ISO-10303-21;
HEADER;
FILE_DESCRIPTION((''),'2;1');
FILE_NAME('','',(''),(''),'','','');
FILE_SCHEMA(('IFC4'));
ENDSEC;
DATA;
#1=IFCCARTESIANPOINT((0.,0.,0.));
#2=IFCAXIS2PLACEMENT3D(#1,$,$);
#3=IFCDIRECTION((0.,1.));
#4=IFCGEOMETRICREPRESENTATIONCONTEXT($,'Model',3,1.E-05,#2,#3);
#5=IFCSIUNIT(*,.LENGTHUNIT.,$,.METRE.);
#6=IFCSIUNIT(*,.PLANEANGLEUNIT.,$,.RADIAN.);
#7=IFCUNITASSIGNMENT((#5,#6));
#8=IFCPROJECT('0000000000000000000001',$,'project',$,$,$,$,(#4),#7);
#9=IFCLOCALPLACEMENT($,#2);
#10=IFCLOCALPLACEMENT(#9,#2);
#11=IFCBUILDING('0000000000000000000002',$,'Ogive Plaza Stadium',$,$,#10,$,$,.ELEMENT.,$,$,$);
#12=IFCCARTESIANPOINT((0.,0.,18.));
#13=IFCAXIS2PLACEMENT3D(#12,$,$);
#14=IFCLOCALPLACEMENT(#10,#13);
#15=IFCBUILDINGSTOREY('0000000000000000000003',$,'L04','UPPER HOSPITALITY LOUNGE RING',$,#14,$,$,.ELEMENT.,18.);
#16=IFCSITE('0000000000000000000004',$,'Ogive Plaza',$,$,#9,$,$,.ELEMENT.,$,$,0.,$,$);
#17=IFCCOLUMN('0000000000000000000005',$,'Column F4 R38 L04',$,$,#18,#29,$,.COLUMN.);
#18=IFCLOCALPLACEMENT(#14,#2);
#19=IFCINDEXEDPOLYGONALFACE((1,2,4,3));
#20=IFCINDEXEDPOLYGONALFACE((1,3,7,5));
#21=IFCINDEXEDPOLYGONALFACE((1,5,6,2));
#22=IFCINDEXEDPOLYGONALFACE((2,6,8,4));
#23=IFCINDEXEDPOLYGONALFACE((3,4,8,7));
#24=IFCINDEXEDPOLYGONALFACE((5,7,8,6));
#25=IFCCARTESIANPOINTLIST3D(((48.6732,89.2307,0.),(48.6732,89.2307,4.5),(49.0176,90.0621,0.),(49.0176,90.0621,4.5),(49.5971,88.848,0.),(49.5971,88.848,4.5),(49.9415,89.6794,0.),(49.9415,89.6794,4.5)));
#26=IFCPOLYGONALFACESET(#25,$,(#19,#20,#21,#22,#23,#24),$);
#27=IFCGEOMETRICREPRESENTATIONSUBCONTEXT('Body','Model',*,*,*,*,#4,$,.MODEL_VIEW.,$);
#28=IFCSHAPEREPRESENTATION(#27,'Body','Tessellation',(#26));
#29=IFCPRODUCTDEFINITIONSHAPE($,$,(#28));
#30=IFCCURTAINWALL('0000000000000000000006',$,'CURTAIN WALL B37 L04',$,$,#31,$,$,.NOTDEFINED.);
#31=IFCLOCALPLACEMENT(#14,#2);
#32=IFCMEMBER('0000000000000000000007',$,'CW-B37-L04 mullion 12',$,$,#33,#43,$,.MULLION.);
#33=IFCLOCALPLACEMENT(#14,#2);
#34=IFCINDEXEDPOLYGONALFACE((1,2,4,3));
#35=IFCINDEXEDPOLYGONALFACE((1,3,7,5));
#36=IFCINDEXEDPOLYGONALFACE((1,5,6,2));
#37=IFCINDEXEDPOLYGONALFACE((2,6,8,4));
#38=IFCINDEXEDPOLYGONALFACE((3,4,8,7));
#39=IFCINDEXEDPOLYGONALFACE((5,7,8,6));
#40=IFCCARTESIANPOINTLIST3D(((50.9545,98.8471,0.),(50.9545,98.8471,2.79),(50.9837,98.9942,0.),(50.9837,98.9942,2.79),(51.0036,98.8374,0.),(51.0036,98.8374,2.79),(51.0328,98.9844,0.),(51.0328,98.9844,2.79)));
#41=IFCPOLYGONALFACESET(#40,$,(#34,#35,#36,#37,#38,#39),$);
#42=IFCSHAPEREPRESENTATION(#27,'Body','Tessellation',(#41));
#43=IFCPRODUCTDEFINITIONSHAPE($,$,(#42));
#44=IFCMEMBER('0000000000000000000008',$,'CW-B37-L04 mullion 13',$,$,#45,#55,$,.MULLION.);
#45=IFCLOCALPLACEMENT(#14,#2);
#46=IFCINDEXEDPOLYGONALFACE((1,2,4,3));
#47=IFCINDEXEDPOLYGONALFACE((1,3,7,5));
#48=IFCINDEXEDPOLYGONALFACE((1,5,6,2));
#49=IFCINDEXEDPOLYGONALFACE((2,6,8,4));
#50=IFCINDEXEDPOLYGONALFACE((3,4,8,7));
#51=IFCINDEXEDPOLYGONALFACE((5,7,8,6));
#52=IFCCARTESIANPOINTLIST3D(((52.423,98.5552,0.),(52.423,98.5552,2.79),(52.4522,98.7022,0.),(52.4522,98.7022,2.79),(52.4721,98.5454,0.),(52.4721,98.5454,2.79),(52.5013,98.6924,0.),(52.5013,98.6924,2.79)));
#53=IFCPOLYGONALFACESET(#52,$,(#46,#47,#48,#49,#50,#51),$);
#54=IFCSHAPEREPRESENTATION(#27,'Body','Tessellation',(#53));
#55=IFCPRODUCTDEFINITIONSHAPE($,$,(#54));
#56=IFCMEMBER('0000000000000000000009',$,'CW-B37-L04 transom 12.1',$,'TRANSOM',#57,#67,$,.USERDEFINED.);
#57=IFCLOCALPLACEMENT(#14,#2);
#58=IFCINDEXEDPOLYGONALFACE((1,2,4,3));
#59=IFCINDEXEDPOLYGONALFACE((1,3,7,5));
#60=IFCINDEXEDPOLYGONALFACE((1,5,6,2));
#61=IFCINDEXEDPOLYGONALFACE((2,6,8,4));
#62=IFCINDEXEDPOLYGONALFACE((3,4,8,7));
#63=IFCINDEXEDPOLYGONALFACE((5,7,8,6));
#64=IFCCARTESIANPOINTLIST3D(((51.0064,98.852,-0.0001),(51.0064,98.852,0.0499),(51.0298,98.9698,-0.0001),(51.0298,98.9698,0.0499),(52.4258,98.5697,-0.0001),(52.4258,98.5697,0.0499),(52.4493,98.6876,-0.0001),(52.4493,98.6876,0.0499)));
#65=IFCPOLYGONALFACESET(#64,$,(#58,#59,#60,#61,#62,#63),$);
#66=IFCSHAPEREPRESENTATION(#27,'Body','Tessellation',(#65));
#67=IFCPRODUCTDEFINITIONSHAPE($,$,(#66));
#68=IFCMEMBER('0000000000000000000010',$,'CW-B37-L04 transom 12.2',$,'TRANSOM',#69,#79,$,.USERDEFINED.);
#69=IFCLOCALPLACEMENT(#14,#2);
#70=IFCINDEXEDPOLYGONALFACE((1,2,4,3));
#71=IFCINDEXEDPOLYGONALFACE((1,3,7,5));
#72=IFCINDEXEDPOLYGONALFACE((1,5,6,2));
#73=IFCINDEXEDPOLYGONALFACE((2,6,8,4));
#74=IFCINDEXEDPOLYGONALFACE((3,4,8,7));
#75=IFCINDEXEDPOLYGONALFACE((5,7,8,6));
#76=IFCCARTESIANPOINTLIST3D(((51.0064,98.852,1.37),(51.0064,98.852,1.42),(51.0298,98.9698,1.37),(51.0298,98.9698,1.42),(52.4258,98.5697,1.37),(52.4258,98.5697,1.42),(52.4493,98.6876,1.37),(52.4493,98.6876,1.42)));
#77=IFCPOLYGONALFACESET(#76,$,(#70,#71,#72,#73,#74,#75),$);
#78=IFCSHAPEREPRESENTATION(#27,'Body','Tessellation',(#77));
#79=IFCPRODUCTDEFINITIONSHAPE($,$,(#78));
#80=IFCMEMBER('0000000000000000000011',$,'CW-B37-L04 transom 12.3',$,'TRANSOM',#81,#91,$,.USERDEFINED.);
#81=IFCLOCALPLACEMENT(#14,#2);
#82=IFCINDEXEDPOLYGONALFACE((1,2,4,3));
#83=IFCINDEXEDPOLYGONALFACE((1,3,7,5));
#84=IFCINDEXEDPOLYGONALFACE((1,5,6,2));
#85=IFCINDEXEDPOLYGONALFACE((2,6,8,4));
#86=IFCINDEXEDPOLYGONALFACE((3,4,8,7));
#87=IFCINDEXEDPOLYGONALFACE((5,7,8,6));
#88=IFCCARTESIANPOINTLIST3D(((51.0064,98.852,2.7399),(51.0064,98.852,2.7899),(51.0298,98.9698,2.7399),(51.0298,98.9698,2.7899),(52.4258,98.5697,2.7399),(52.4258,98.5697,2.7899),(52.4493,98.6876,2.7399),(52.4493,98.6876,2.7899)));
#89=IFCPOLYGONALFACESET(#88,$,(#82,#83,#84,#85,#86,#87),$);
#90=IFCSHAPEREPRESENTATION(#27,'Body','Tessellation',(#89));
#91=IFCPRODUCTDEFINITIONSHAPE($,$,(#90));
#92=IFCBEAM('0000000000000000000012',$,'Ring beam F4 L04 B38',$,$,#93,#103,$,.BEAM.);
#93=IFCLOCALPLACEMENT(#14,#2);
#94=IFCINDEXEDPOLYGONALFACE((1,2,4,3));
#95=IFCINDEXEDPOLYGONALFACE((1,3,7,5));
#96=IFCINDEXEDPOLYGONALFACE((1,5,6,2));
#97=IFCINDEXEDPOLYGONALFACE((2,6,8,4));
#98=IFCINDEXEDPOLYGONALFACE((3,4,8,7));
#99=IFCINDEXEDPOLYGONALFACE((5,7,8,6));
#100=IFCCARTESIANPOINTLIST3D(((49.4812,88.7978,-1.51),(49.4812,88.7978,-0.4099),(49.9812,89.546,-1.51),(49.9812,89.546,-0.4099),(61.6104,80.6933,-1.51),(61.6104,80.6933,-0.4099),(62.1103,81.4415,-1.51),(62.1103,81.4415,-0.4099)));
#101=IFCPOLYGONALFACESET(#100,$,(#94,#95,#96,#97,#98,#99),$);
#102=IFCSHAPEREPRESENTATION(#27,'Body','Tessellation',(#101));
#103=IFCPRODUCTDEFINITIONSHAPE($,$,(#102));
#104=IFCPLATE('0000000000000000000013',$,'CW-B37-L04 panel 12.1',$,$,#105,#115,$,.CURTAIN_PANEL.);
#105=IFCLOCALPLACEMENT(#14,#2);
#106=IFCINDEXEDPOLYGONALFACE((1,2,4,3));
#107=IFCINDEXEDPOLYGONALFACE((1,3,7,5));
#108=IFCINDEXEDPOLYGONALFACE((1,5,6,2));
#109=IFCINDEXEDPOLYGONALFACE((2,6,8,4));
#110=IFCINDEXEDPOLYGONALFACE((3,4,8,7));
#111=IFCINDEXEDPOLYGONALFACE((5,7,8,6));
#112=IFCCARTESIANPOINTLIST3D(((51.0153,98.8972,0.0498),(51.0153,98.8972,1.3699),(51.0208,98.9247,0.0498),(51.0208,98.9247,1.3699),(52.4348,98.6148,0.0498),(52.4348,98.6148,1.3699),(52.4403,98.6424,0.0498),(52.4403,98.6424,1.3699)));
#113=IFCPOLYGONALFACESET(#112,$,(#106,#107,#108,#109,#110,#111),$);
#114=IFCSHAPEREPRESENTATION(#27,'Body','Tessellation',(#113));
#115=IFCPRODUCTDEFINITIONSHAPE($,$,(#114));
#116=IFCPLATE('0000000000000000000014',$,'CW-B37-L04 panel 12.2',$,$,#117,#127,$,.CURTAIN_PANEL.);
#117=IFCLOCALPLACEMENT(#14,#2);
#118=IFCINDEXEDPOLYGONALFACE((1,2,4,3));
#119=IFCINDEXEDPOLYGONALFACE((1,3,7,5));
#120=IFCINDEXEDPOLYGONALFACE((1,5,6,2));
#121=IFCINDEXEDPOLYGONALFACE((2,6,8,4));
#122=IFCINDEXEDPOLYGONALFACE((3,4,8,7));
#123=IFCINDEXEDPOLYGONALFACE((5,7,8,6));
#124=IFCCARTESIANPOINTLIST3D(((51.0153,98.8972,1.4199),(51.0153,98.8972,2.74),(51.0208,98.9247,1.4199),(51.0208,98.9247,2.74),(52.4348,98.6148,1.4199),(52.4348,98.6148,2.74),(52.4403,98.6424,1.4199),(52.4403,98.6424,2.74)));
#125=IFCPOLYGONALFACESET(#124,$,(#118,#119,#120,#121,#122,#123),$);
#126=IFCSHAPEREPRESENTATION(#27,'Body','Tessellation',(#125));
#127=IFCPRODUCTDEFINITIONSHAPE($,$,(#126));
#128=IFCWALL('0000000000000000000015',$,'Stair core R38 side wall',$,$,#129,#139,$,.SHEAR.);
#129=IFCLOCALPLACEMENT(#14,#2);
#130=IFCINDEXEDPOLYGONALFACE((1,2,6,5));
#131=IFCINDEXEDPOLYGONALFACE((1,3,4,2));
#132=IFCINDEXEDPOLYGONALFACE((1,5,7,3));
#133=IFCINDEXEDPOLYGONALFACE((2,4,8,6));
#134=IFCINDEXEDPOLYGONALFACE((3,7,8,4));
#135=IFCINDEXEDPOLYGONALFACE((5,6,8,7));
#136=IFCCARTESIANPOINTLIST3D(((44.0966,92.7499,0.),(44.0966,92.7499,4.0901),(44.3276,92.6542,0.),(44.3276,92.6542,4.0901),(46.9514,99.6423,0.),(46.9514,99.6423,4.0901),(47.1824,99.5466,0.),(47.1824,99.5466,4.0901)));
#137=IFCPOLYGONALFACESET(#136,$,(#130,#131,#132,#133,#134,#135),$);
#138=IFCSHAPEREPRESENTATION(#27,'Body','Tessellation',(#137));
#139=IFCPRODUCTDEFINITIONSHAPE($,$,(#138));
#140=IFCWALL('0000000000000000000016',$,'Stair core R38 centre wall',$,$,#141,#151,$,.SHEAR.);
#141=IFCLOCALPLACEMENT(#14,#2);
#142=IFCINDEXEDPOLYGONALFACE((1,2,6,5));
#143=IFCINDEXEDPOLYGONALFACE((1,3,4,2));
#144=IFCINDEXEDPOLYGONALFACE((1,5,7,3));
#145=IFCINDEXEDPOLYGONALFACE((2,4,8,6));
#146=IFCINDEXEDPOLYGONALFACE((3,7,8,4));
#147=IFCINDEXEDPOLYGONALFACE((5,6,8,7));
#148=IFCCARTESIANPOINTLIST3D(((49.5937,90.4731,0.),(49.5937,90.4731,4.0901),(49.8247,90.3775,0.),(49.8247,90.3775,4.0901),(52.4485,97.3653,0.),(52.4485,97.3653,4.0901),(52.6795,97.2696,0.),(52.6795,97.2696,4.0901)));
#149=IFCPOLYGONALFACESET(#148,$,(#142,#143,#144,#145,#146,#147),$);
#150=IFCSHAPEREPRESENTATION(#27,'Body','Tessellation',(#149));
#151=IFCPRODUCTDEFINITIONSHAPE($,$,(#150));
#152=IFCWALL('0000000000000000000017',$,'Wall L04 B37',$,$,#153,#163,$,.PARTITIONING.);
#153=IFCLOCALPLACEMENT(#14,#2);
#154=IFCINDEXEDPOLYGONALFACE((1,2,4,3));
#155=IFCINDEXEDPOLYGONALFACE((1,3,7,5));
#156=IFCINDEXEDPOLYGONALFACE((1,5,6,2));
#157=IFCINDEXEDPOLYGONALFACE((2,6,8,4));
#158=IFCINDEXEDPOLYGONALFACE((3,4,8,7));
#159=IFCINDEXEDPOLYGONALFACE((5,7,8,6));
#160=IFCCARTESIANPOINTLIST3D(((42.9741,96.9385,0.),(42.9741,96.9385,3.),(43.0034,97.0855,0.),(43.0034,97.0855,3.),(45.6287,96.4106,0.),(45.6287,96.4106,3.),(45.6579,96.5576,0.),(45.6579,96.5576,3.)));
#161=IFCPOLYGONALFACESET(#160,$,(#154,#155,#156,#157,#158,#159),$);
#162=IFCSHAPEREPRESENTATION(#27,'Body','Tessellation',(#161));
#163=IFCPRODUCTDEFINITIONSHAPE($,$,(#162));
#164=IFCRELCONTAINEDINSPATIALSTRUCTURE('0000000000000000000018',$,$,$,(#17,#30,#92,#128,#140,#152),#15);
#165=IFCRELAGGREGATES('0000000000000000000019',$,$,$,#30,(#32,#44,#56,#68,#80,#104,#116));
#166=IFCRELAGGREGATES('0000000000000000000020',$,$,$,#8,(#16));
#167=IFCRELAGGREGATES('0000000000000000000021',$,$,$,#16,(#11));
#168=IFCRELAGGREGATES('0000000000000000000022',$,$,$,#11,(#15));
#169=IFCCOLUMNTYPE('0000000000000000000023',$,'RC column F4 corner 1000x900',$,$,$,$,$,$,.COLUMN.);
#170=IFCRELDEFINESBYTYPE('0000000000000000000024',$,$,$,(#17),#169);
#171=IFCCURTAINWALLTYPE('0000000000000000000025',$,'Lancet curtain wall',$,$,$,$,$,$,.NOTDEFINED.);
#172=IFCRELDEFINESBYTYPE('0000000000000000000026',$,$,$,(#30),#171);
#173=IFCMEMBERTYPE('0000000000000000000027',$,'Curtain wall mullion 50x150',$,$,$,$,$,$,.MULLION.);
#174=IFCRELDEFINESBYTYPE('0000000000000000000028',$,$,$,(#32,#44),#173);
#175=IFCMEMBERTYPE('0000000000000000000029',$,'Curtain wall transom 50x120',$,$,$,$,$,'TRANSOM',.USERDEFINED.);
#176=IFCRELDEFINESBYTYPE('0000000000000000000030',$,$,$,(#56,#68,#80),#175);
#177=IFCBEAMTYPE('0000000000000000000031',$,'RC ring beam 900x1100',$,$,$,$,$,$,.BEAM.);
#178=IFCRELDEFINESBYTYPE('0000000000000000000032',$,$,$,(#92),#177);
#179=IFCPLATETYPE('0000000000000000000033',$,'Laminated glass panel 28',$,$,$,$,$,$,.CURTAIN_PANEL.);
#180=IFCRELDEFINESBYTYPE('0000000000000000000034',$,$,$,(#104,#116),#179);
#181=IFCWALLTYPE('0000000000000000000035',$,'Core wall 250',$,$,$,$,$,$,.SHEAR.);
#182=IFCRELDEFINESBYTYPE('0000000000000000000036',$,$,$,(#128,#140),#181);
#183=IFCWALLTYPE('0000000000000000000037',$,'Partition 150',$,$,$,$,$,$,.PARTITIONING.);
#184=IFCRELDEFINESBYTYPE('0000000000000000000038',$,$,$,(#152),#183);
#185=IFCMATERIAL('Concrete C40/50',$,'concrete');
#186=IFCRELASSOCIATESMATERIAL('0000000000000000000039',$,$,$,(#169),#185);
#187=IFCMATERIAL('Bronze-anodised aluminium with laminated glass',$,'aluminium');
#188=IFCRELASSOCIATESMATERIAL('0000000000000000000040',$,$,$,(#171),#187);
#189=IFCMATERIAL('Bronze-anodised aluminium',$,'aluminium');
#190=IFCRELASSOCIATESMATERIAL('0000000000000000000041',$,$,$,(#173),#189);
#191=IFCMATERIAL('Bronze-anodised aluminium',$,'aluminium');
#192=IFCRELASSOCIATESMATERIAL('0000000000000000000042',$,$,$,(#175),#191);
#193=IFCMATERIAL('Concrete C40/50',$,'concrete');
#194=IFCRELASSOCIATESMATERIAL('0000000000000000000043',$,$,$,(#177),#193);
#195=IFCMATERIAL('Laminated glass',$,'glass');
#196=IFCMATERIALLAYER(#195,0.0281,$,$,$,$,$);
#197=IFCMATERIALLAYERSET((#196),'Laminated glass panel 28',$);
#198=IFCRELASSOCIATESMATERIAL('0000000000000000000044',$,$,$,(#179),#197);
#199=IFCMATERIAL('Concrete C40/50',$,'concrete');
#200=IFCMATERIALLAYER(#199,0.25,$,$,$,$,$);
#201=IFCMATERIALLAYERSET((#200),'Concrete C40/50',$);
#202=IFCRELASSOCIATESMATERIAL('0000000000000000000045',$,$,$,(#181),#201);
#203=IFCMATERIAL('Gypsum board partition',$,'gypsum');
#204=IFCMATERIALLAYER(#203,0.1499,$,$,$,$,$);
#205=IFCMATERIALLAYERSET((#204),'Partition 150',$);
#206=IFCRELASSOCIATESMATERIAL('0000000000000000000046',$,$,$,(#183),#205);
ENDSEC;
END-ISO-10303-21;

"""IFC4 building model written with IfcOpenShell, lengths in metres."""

from ifc_helpers import new_model, si_unit, direction, frame, frame_2d, origin, origin_2d, place, context, subcontext, project, spatial, rectangle, extrude, material, layer, layer_set, material_profile, profile_set, type_object, element, aggregate, save


model = new_model("IFC4")

# Units and contexts
model_context = context("Model", 3, precision=1e-05, world=origin(), true_north=direction((0.0, 1.0)))
body_context = subcontext(model_context, "Body", "Model", "MODEL_VIEW")
ifc_project = project(units=[si_unit("LENGTHUNIT", "METRE"), si_unit("PLANEANGLEUNIT", "RADIAN")], contexts=[model_context])

# Site, building, storey
site_placement = place(None, origin())
site = spatial("IfcSite", under=ifc_project, at=site_placement, Name="Ogive Plaza", CompositionType="ELEMENT", RefElevation=0.0)
building_placement = place(site_placement, origin())
building = spatial("IfcBuilding", under=site, at=building_placement, Name="Ogive Plaza Stadium", CompositionType="ELEMENT")
storey_placement = place(building_placement, frame((0.0, 0.0, 18.0)))
storey = spatial("IfcBuildingStorey", under=building, at=storey_placement, Name="L04", Description="UPPER HOSPITALITY LOUNGE RING", CompositionType="ELEMENT", Elevation=18.0)

# Column
ifc_material_1 = material(Name="Concrete C40/50", Category="concrete")
ifc_material_profile_1 = material_profile(ifc_material_1, rectangle(XDim=1.0, YDim=0.8999, at=origin_2d()), Name="RC 1000x900")
ifc_profile_set_1 = profile_set([ifc_material_profile_1], Name="Concrete C40/50")
column_type = type_object("IfcColumnType", Name="RC column F4 corner 1000x900", PredefinedType="COLUMN", material=ifc_profile_set_1)
column_placement = place(storey_placement, frame((49.3074, 89.4551, 0.0), z_axis=(0.0, 0.0, 1.0), x_axis=(-0.92388, 0.382683, 0.0)))
element("IfcColumn", 1, at=column_placement, inside=storey, type_object=column_type, Name="Column F4 R38 L04", PredefinedType="COLUMN", context=body_context, shape_type="SweptSolid", body=[
    extrude(rectangle(XDim=1.0, YDim=0.8999, at=origin_2d()), origin(), (0.0, 0.0, 1.0), 4.5),
])

# Curtain wall, members
ifc_material_2 = material(Name="Bronze-anodised aluminium with laminated glass", Category="aluminium")
curtain_wall_type = type_object("IfcCurtainWallType", Name="Lancet curtain wall", PredefinedType="NOTDEFINED", material=ifc_material_2)
curtain_wall_placement = place(storey_placement, origin())
curtain_wall = element("IfcCurtainWall", 2, at=curtain_wall_placement, inside=storey, type_object=curtain_wall_type, Name="CURTAIN WALL B37 L04", PredefinedType="NOTDEFINED")
ifc_material_3 = material(Name="Bronze-anodised aluminium", Category="aluminium")
ifc_material_profile_2 = material_profile(ifc_material_3, rectangle(XDim=0.1499, YDim=0.05, at=origin_2d()), Name="AL 150x50")
ifc_profile_set_2 = profile_set([ifc_material_profile_2], Name="Bronze-anodised aluminium")
member_type_1 = type_object("IfcMemberType", Name="Curtain wall mullion 50x150", PredefinedType="MULLION", material=ifc_profile_set_2)
member_1_placement = place(storey_placement, frame((50.9937, 98.9158, 0.0), z_axis=(0.0, 0.0, 1.0), x_axis=(0.19509, 0.980785, 0.0)))
member_1 = element("IfcMember", 3, at=member_1_placement, type_object=member_type_1, Name="CW-B37-L04 mullion 12", PredefinedType="MULLION", context=body_context, shape_type="SweptSolid", body=[
    extrude(rectangle(XDim=0.1499, YDim=0.05, at=origin_2d()), origin(), (0.0, 0.0, 1.0), 2.79),
])
member_2_placement = place(storey_placement, frame((52.4622, 98.6238, 0.0), z_axis=(0.0, 0.0, 1.0), x_axis=(0.19509, 0.980785, 0.0)))
member_2 = element("IfcMember", 4, at=member_2_placement, type_object=member_type_1, Name="CW-B37-L04 mullion 13", PredefinedType="MULLION", context=body_context, shape_type="SweptSolid", body=[
    extrude(rectangle(XDim=0.1499, YDim=0.05, at=origin_2d()), origin(), (0.0, 0.0, 1.0), 2.79),
])
ifc_material_4 = material(Name="Bronze-anodised aluminium", Category="aluminium")
ifc_material_profile_3 = material_profile(ifc_material_4, rectangle(XDim=0.1201, YDim=0.05, at=origin_2d()), Name="AL 120x50")
ifc_profile_set_3 = profile_set([ifc_material_profile_3], Name="Bronze-anodised aluminium")
member_type_2 = type_object("IfcMemberType", Name="Curtain wall transom 50x120", ElementType="TRANSOM", PredefinedType="USERDEFINED", material=ifc_profile_set_3)
member_3_placement = place(storey_placement, frame((51.0181, 98.9109, 0.0249), z_axis=(0.980801, -0.195013, 0.0), x_axis=(0.195013, 0.980801, 0.0)))
member_3 = element("IfcMember", 5, at=member_3_placement, type_object=member_type_2, Name="CW-B37-L04 transom 12.1", ObjectType="TRANSOM", PredefinedType="USERDEFINED", context=body_context, shape_type="SweptSolid", body=[
    extrude(rectangle(XDim=0.1201, YDim=0.05, at=origin_2d()), origin(), (0.0, 0.0, 1.0), 1.4473),
])
member_4_placement = place(storey_placement, frame((51.0181, 98.9109, 1.395), z_axis=(0.980801, -0.195013, 0.0), x_axis=(0.195013, 0.980801, 0.0)))
member_4 = element("IfcMember", 6, at=member_4_placement, type_object=member_type_2, Name="CW-B37-L04 transom 12.2", ObjectType="TRANSOM", PredefinedType="USERDEFINED", context=body_context, shape_type="SweptSolid", body=[
    extrude(rectangle(XDim=0.1201, YDim=0.05, at=origin_2d()), origin(), (0.0, 0.0, 1.0), 1.4473),
])
member_5_placement = place(storey_placement, frame((51.0181, 98.9109, 2.7649), z_axis=(0.980801, -0.195013, 0.0), x_axis=(0.195013, 0.980801, 0.0)))
member_5 = element("IfcMember", 7, at=member_5_placement, type_object=member_type_2, Name="CW-B37-L04 transom 12.3", ObjectType="TRANSOM", PredefinedType="USERDEFINED", context=body_context, shape_type="SweptSolid", body=[
    extrude(rectangle(XDim=0.1201, YDim=0.05, at=origin_2d()), origin(), (0.0, 0.0, 1.0), 1.4473),
])

# Beam
ifc_material_5 = material(Name="Concrete C40/50", Category="concrete")
ifc_material_profile_4 = material_profile(ifc_material_5, rectangle(XDim=0.8999, YDim=1.1001, at=origin_2d()), Name="RC 900x1100")
ifc_profile_set_4 = profile_set([ifc_material_profile_4], Name="Concrete C40/50")
beam_type = type_object("IfcBeamType", Name="RC ring beam 900x1100", PredefinedType="BEAM", material=ifc_profile_set_4)
beam_placement = place(storey_placement, frame((49.7312, 89.1719, -0.96), z_axis=(0.831468, -0.555573, 0.0), x_axis=(0.555573, 0.831468, 0.0)))
element("IfcBeam", 8, at=beam_placement, inside=storey, type_object=beam_type, Name="Ring beam F4 L04 B38", PredefinedType="BEAM", context=body_context, shape_type="SweptSolid", body=[
    extrude(rectangle(XDim=0.8999, YDim=1.1001, at=origin_2d()), origin(), (0.0, 0.0, 1.0), 14.5876),
])

# Plates
ifc_material_6 = material(Name="Laminated glass", Category="glass")
ifc_layer_1 = layer(ifc_material_6, 0.0281)
ifc_layer_set_1 = layer_set([ifc_layer_1], Name="Laminated glass panel 28")
plate_type = type_object("IfcPlateType", Name="Laminated glass panel 28", PredefinedType="CURTAIN_PANEL", material=ifc_layer_set_1)
plate_1_placement = place(storey_placement, frame((51.7278, 98.7698, 0.0498), z_axis=(0.0, 0.0, 1.0), x_axis=(0.980785, -0.19509, 0.0)))
plate_1 = element("IfcPlate", 9, at=plate_1_placement, type_object=plate_type, Name="CW-B37-L04 panel 12.1", PredefinedType="CURTAIN_PANEL", context=body_context, shape_type="SweptSolid", body=[
    extrude(rectangle(XDim=1.4473, YDim=0.0281, at=origin_2d()), origin(), (0.0, 0.0, 1.0), 1.3201),
])
plate_2_placement = place(storey_placement, frame((51.7278, 98.7698, 1.4199), z_axis=(0.0, 0.0, 1.0), x_axis=(0.980785, -0.19509, 0.0)))
plate_2 = element("IfcPlate", 10, at=plate_2_placement, type_object=plate_type, Name="CW-B37-L04 panel 12.2", PredefinedType="CURTAIN_PANEL", context=body_context, shape_type="SweptSolid", body=[
    extrude(rectangle(XDim=1.4473, YDim=0.0281, at=origin_2d()), origin(), (0.0, 0.0, 1.0), 1.3201),
])
aggregate(curtain_wall, [member_1, member_2, member_3, member_4, member_5, plate_1, plate_2])

# Walls
ifc_material_7 = material(Name="Concrete C40/50", Category="concrete")
ifc_layer_2 = layer(ifc_material_7, 0.25)
ifc_layer_set_2 = layer_set([ifc_layer_2], Name="Concrete C40/50")
wall_type_1 = type_object("IfcWallType", Name="Core wall 250", PredefinedType="SHEAR", material=ifc_layer_set_2)
wall_1_placement = place(storey_placement, frame((44.2122, 92.7021, 0.0), z_axis=(0.0, 0.0, 1.0), x_axis=(0.382665, 0.923887, 0.0)))
element("IfcWall", 11, at=wall_1_placement, inside=storey, type_object=wall_type_1, Name="Stair core R38 side wall", PredefinedType="SHEAR", context=body_context, shape_type="SweptSolid", body=[
    extrude(rectangle(XDim=7.4602, YDim=0.25, at=frame_2d((3.73, 0.0))), origin(), (0.0, 0.0, 1.0), 4.0901),
])
wall_2_placement = place(storey_placement, frame((49.7092, 90.4253, 0.0), z_axis=(0.0, 0.0, 1.0), x_axis=(0.382676, 0.923882, 0.0)))
element("IfcWall", 12, at=wall_2_placement, inside=storey, type_object=wall_type_1, Name="Stair core R38 centre wall", PredefinedType="SHEAR", context=body_context, shape_type="SweptSolid", body=[
    extrude(rectangle(XDim=7.46, YDim=0.25, at=frame_2d((3.73, 0.0))), origin(), (0.0, 0.0, 1.0), 4.0901),
])
ifc_material_8 = material(Name="Gypsum board partition", Category="gypsum")
ifc_layer_3 = layer(ifc_material_8, 0.1499)
ifc_layer_set_3 = layer_set([ifc_layer_3], Name="Partition 150")
wall_type_2 = type_object("IfcWallType", Name="Partition 150", PredefinedType="PARTITIONING", material=ifc_layer_set_3)
wall_3_placement = place(storey_placement, frame((45.6433, 96.4841, 0.0), z_axis=(0.0, 0.0, 1.0), x_axis=(-0.980799, 0.195023, 0.0)))
element("IfcWall", 13, at=wall_3_placement, inside=storey, type_object=wall_type_2, Name="Wall L04 B37", PredefinedType="PARTITIONING", context=body_context, shape_type="SweptSolid", body=[
    extrude(rectangle(XDim=2.7065, YDim=0.1499, at=frame_2d((1.3533, 0.0))), origin(), (0.0, 0.0, 1.0), 3.0),
])

save(model, "model.ifc")
